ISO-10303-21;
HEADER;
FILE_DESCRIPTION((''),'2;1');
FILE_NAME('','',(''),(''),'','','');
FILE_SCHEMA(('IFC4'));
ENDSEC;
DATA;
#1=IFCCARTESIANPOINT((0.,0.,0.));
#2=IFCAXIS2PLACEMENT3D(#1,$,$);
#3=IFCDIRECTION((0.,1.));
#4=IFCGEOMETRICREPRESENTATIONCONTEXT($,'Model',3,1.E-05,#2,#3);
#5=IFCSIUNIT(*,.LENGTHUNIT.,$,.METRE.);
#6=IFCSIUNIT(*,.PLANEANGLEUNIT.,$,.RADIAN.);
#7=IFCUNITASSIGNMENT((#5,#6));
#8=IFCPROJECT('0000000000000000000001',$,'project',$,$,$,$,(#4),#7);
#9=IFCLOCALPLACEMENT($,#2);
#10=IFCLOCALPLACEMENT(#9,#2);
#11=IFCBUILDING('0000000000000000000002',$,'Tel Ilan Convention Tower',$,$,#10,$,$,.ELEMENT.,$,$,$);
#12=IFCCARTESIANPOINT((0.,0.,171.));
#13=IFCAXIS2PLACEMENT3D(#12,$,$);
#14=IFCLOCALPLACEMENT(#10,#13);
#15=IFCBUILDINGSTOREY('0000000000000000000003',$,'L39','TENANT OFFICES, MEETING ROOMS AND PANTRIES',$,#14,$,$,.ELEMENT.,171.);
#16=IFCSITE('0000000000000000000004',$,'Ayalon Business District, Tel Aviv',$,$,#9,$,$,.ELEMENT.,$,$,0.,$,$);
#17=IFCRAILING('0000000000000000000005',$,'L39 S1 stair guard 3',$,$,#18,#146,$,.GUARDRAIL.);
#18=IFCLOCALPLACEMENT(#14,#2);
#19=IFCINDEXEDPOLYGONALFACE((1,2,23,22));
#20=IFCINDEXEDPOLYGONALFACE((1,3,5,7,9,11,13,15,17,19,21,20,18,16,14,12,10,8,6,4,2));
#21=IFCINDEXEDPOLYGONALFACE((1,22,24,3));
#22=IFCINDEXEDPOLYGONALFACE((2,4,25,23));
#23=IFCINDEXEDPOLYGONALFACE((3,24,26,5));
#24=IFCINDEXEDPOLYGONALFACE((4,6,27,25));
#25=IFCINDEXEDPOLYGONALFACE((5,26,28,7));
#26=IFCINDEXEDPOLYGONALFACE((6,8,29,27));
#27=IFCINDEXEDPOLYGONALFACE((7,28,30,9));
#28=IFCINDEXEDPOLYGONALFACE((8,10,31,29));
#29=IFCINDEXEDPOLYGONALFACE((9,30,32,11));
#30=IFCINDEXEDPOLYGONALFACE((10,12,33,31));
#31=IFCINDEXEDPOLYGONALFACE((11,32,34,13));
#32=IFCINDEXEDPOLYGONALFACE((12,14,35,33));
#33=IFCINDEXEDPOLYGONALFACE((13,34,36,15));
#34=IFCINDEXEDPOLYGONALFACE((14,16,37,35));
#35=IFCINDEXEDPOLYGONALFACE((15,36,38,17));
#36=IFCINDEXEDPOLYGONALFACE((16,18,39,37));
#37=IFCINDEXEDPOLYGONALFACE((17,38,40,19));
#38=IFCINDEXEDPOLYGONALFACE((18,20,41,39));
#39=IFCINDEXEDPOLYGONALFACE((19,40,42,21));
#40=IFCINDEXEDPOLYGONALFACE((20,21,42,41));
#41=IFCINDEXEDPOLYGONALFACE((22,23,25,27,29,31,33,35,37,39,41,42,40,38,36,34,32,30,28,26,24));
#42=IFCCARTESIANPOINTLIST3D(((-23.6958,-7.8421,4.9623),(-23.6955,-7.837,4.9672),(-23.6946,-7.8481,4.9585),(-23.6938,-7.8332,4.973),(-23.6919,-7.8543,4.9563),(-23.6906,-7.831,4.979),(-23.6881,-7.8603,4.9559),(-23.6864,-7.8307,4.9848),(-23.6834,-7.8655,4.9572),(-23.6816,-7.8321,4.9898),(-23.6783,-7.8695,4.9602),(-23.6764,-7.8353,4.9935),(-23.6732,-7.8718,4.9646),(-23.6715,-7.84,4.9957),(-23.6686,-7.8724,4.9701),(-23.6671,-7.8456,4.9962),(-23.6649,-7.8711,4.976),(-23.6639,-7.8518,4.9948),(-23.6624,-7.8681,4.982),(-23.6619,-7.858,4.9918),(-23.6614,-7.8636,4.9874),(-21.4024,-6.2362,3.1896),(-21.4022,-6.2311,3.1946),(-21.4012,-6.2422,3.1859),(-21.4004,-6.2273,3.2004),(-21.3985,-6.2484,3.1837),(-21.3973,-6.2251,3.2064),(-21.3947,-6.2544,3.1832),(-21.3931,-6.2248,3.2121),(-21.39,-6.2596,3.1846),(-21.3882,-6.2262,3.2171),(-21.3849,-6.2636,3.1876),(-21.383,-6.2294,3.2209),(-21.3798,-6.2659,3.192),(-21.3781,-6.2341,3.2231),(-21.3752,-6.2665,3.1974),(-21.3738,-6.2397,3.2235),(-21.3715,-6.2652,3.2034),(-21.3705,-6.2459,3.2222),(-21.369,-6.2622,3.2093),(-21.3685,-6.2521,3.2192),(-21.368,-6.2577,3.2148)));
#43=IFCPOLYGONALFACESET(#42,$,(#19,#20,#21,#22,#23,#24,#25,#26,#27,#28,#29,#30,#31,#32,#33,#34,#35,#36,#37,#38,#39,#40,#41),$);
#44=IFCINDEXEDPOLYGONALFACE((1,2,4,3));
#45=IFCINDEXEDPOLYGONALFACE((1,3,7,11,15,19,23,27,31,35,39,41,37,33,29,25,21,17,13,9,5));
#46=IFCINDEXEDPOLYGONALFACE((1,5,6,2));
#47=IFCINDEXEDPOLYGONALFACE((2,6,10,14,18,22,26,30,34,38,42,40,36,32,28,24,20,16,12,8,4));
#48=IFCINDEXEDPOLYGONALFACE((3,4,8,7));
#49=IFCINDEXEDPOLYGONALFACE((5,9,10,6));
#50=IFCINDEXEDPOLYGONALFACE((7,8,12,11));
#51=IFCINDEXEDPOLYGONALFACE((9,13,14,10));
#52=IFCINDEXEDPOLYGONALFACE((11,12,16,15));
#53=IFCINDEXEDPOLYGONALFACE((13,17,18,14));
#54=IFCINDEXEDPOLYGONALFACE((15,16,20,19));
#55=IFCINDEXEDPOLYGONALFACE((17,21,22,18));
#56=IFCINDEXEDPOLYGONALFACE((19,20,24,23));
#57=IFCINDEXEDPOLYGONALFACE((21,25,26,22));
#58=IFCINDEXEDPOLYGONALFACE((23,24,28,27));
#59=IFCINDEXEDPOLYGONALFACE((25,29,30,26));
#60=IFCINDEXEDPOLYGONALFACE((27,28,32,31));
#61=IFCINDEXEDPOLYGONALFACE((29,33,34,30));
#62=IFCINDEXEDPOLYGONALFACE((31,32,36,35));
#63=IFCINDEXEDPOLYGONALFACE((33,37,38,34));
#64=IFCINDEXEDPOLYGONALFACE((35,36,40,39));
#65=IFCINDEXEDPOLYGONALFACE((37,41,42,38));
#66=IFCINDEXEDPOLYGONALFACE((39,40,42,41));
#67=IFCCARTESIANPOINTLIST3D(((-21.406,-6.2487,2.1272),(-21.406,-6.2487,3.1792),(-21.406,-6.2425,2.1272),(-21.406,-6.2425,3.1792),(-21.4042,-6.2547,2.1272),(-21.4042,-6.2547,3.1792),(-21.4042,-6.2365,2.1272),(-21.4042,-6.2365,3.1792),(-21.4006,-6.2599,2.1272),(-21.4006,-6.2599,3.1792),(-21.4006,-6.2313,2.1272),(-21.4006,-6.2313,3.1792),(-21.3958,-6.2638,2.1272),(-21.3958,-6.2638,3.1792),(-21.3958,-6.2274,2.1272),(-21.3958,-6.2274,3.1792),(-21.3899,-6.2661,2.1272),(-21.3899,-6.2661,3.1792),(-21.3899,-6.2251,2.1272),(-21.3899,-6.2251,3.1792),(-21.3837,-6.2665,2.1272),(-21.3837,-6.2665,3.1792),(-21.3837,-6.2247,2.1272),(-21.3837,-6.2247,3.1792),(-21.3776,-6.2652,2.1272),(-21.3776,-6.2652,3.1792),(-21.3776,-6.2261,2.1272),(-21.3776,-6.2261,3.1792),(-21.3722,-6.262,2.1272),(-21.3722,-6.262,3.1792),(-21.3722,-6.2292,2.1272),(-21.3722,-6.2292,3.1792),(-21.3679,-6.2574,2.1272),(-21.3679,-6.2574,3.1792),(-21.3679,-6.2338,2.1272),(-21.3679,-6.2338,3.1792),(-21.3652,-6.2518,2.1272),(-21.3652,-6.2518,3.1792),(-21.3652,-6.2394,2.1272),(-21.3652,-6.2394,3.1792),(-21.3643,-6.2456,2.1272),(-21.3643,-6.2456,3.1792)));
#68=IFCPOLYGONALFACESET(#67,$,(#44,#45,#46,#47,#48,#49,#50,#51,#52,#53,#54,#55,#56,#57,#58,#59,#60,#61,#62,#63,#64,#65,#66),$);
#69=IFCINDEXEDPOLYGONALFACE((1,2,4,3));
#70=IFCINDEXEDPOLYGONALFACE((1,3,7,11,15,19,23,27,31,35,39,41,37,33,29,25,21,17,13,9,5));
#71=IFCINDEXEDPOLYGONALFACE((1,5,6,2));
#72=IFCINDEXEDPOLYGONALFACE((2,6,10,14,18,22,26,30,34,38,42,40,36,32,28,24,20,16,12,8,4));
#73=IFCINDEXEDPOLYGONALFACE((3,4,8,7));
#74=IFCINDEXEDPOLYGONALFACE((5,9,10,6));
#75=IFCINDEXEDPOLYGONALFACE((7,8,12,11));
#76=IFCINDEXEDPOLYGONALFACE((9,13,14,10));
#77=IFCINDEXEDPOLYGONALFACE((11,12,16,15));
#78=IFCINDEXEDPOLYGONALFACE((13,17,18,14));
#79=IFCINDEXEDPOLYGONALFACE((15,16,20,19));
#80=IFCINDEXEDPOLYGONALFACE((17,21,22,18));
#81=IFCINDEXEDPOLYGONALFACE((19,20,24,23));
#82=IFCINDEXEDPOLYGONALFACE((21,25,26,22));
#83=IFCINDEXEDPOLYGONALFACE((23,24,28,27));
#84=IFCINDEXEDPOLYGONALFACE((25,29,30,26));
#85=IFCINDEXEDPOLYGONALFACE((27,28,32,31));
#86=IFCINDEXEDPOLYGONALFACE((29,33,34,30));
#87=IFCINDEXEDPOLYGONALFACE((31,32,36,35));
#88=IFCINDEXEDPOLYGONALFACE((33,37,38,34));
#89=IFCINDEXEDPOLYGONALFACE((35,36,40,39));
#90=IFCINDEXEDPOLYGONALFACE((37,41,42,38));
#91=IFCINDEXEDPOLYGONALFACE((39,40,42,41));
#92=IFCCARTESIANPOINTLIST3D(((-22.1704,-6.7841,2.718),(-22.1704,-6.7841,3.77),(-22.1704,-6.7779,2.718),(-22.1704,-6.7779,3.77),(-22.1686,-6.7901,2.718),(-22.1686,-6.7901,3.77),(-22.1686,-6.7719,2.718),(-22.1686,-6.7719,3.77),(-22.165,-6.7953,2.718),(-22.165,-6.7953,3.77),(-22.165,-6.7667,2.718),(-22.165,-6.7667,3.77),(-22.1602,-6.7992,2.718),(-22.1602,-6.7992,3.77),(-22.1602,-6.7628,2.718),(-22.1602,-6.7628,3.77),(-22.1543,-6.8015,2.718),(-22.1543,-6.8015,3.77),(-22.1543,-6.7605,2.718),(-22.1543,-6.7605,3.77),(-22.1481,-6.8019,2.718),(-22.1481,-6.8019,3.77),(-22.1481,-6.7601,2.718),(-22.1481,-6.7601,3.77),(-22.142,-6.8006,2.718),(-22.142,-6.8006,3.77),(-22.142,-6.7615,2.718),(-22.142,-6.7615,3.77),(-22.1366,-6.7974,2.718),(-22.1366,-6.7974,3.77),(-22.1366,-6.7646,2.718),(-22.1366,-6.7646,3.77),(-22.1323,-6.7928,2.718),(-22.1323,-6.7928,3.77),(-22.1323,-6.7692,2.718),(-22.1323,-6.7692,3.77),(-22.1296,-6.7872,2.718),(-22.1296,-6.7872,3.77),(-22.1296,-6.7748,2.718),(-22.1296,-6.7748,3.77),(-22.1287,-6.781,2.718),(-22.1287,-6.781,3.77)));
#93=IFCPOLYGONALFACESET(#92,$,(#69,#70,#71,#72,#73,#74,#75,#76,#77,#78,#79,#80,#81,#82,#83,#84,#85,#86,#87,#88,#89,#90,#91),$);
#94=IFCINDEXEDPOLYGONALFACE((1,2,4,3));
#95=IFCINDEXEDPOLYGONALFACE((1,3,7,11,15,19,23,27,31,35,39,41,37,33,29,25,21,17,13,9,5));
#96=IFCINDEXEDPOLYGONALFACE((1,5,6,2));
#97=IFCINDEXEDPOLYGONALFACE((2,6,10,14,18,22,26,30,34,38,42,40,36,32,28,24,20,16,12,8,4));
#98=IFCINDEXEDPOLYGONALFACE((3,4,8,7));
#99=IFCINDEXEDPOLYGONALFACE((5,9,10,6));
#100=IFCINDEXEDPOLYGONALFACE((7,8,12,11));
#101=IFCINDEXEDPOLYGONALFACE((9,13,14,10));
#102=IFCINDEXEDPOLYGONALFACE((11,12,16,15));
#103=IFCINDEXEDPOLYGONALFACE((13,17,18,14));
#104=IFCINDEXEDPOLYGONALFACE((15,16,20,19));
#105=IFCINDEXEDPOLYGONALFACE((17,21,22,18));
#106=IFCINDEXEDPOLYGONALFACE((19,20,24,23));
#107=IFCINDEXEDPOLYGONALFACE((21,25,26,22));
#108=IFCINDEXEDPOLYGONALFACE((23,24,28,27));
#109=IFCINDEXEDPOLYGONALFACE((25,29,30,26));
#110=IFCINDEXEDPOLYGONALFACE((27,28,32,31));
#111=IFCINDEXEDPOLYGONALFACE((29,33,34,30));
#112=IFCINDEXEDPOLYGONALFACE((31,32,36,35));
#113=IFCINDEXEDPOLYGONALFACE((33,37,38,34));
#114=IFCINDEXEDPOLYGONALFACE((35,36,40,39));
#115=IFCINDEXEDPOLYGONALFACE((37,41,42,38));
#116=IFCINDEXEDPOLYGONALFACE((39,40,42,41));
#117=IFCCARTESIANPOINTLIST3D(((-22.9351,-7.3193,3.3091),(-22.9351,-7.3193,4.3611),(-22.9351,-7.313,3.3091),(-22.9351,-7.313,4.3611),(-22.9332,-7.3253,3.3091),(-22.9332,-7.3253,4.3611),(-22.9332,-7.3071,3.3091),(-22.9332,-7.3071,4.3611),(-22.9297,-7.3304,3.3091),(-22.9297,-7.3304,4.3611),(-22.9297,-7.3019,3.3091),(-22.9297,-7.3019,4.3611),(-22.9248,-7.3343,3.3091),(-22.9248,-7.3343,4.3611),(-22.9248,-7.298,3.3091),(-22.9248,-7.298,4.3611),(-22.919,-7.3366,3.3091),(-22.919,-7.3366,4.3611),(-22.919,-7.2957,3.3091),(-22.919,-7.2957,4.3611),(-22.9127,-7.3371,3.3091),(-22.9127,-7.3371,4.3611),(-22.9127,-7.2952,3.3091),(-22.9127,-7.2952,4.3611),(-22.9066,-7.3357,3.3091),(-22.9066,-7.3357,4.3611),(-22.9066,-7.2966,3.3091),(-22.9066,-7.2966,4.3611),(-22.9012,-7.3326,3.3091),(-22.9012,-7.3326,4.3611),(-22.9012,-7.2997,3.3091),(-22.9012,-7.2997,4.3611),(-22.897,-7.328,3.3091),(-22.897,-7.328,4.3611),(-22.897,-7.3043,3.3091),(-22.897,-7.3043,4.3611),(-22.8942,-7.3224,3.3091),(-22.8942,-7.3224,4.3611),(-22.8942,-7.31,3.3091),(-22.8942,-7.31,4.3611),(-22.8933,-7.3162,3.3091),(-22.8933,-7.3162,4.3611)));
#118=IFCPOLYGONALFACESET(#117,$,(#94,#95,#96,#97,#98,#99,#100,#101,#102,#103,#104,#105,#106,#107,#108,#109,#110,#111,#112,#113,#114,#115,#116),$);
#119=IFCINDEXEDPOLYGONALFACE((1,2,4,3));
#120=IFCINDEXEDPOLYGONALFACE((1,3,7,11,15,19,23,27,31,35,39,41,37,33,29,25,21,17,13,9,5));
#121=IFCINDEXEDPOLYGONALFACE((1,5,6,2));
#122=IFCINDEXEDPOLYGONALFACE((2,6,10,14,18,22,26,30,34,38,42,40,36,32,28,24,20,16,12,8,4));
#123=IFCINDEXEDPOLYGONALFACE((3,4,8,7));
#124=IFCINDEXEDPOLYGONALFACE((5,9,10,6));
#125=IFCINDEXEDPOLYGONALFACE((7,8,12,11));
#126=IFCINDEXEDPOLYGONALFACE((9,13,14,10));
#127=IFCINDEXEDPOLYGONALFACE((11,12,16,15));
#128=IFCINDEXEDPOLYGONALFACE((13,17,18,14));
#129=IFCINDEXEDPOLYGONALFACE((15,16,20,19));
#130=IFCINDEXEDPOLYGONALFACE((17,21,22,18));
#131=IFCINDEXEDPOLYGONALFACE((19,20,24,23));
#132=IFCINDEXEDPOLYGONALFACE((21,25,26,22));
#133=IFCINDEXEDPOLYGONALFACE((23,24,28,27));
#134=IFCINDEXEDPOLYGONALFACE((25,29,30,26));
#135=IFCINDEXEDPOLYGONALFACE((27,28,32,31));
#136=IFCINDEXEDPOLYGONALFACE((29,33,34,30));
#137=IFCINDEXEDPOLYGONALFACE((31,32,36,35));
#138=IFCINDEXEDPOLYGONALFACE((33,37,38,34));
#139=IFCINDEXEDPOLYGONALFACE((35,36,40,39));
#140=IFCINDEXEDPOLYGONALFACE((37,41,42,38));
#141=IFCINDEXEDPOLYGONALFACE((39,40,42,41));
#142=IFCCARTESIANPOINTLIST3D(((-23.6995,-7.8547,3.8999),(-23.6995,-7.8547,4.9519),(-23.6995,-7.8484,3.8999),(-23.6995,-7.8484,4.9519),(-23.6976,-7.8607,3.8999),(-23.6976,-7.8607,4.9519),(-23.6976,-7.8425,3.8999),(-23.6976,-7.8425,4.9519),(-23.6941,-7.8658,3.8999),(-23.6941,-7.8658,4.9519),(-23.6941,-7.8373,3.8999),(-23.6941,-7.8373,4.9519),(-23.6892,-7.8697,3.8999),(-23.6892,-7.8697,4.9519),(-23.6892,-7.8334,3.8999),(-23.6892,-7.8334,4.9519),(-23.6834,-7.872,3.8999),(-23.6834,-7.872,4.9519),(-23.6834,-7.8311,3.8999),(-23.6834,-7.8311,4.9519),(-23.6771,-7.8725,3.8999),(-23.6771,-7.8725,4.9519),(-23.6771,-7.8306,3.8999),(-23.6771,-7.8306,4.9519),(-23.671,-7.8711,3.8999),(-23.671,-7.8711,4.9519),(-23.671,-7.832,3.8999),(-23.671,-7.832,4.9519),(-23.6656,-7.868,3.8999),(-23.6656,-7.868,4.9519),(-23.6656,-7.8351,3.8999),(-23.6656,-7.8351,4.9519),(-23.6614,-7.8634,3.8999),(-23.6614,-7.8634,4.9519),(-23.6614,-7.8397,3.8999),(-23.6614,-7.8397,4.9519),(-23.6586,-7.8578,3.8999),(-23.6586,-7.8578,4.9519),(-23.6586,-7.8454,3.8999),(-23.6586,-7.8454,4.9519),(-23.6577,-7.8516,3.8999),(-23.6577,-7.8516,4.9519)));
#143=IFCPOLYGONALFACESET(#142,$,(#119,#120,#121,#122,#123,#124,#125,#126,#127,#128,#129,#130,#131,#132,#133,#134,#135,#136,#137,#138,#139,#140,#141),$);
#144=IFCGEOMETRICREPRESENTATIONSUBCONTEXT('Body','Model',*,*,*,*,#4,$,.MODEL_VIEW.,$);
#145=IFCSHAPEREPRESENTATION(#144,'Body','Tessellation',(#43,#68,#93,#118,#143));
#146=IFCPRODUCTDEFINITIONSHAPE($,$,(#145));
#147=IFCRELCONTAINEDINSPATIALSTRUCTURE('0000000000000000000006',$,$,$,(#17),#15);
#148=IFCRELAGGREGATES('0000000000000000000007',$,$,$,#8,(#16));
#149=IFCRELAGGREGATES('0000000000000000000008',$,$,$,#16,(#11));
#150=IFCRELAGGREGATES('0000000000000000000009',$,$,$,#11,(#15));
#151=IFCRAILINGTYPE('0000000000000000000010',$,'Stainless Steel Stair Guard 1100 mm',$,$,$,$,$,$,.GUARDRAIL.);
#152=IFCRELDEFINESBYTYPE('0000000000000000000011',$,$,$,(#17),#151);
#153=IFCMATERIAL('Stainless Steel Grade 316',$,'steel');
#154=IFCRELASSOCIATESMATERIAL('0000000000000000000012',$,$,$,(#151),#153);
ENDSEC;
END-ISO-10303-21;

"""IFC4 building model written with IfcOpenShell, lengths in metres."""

from ifc_helpers import new_model, si_unit, direction, frame, origin, origin_2d, place, context, subcontext, project, spatial, circle, extrude, material, type_object, element, save


model = new_model("IFC4")

# Units and contexts
model_context = context("Model", 3, precision=1e-05, world=origin(), true_north=direction((0.0, 1.0)))
body_context = subcontext(model_context, "Body", "Model", "MODEL_VIEW")
ifc_project = project(units=[si_unit("LENGTHUNIT", "METRE"), si_unit("PLANEANGLEUNIT", "RADIAN")], contexts=[model_context])

# Site, building, storey
site_placement = place(None, origin())
site = spatial("IfcSite", under=ifc_project, at=site_placement, Name="Ayalon Business District, Tel Aviv", CompositionType="ELEMENT", RefElevation=0.0)
building_placement = place(site_placement, origin())
building = spatial("IfcBuilding", under=site, at=building_placement, Name="Tel Ilan Convention Tower", CompositionType="ELEMENT")
storey_placement = place(building_placement, frame((0.0, 0.0, 171.0)))
storey = spatial("IfcBuildingStorey", under=building, at=storey_placement, Name="L39", Description="TENANT OFFICES, MEETING ROOMS AND PANTRIES", CompositionType="ELEMENT", Elevation=171.0)

# Railing
ifc_material_1 = material(Name="Stainless Steel Grade 316", Category="steel")
railing_type_1 = type_object("IfcRailingType", Name="Stainless Steel Stair Guard 1100 mm", PredefinedType="GUARDRAIL", material=ifc_material_1)
railing_1_placement = place(storey_placement, frame((-21.3853, -6.2456, 2.1272)))
element("IfcRailing", 1, at=railing_1_placement, inside=storey, type_object=railing_type_1, Name="L39 S1 stair guard 3", PredefinedType="GUARDRAIL", context=body_context, shape_type="SweptSolid", body=[
    extrude(circle(Radius=0.0239, at=origin_2d()), frame((0.0, 0.0, 1.0762), z_axis=(-0.692085, -0.484621, 0.53494), x_axis=(0.573591, -0.819142, 0.0)), (0.0, 0.0, 1.0), 3.3137),
    extrude(circle(Radius=0.021, at=origin_2d()), origin(), (0.0, 0.0, 1.0), 1.052),
    extrude(circle(Radius=0.021, at=origin_2d()), frame((-0.7644, -0.5354, 0.5908)), (0.0, 0.0, 1.0), 1.052),
    extrude(circle(Radius=0.021, at=origin_2d()), frame((-1.5291, -1.0706, 1.1819)), (0.0, 0.0, 1.0), 1.052),
    extrude(circle(Radius=0.021, at=origin_2d()), frame((-2.2935, -1.606, 1.7727)), (0.0, 0.0, 1.0), 1.052),
])

save(model, "model.ifc")
